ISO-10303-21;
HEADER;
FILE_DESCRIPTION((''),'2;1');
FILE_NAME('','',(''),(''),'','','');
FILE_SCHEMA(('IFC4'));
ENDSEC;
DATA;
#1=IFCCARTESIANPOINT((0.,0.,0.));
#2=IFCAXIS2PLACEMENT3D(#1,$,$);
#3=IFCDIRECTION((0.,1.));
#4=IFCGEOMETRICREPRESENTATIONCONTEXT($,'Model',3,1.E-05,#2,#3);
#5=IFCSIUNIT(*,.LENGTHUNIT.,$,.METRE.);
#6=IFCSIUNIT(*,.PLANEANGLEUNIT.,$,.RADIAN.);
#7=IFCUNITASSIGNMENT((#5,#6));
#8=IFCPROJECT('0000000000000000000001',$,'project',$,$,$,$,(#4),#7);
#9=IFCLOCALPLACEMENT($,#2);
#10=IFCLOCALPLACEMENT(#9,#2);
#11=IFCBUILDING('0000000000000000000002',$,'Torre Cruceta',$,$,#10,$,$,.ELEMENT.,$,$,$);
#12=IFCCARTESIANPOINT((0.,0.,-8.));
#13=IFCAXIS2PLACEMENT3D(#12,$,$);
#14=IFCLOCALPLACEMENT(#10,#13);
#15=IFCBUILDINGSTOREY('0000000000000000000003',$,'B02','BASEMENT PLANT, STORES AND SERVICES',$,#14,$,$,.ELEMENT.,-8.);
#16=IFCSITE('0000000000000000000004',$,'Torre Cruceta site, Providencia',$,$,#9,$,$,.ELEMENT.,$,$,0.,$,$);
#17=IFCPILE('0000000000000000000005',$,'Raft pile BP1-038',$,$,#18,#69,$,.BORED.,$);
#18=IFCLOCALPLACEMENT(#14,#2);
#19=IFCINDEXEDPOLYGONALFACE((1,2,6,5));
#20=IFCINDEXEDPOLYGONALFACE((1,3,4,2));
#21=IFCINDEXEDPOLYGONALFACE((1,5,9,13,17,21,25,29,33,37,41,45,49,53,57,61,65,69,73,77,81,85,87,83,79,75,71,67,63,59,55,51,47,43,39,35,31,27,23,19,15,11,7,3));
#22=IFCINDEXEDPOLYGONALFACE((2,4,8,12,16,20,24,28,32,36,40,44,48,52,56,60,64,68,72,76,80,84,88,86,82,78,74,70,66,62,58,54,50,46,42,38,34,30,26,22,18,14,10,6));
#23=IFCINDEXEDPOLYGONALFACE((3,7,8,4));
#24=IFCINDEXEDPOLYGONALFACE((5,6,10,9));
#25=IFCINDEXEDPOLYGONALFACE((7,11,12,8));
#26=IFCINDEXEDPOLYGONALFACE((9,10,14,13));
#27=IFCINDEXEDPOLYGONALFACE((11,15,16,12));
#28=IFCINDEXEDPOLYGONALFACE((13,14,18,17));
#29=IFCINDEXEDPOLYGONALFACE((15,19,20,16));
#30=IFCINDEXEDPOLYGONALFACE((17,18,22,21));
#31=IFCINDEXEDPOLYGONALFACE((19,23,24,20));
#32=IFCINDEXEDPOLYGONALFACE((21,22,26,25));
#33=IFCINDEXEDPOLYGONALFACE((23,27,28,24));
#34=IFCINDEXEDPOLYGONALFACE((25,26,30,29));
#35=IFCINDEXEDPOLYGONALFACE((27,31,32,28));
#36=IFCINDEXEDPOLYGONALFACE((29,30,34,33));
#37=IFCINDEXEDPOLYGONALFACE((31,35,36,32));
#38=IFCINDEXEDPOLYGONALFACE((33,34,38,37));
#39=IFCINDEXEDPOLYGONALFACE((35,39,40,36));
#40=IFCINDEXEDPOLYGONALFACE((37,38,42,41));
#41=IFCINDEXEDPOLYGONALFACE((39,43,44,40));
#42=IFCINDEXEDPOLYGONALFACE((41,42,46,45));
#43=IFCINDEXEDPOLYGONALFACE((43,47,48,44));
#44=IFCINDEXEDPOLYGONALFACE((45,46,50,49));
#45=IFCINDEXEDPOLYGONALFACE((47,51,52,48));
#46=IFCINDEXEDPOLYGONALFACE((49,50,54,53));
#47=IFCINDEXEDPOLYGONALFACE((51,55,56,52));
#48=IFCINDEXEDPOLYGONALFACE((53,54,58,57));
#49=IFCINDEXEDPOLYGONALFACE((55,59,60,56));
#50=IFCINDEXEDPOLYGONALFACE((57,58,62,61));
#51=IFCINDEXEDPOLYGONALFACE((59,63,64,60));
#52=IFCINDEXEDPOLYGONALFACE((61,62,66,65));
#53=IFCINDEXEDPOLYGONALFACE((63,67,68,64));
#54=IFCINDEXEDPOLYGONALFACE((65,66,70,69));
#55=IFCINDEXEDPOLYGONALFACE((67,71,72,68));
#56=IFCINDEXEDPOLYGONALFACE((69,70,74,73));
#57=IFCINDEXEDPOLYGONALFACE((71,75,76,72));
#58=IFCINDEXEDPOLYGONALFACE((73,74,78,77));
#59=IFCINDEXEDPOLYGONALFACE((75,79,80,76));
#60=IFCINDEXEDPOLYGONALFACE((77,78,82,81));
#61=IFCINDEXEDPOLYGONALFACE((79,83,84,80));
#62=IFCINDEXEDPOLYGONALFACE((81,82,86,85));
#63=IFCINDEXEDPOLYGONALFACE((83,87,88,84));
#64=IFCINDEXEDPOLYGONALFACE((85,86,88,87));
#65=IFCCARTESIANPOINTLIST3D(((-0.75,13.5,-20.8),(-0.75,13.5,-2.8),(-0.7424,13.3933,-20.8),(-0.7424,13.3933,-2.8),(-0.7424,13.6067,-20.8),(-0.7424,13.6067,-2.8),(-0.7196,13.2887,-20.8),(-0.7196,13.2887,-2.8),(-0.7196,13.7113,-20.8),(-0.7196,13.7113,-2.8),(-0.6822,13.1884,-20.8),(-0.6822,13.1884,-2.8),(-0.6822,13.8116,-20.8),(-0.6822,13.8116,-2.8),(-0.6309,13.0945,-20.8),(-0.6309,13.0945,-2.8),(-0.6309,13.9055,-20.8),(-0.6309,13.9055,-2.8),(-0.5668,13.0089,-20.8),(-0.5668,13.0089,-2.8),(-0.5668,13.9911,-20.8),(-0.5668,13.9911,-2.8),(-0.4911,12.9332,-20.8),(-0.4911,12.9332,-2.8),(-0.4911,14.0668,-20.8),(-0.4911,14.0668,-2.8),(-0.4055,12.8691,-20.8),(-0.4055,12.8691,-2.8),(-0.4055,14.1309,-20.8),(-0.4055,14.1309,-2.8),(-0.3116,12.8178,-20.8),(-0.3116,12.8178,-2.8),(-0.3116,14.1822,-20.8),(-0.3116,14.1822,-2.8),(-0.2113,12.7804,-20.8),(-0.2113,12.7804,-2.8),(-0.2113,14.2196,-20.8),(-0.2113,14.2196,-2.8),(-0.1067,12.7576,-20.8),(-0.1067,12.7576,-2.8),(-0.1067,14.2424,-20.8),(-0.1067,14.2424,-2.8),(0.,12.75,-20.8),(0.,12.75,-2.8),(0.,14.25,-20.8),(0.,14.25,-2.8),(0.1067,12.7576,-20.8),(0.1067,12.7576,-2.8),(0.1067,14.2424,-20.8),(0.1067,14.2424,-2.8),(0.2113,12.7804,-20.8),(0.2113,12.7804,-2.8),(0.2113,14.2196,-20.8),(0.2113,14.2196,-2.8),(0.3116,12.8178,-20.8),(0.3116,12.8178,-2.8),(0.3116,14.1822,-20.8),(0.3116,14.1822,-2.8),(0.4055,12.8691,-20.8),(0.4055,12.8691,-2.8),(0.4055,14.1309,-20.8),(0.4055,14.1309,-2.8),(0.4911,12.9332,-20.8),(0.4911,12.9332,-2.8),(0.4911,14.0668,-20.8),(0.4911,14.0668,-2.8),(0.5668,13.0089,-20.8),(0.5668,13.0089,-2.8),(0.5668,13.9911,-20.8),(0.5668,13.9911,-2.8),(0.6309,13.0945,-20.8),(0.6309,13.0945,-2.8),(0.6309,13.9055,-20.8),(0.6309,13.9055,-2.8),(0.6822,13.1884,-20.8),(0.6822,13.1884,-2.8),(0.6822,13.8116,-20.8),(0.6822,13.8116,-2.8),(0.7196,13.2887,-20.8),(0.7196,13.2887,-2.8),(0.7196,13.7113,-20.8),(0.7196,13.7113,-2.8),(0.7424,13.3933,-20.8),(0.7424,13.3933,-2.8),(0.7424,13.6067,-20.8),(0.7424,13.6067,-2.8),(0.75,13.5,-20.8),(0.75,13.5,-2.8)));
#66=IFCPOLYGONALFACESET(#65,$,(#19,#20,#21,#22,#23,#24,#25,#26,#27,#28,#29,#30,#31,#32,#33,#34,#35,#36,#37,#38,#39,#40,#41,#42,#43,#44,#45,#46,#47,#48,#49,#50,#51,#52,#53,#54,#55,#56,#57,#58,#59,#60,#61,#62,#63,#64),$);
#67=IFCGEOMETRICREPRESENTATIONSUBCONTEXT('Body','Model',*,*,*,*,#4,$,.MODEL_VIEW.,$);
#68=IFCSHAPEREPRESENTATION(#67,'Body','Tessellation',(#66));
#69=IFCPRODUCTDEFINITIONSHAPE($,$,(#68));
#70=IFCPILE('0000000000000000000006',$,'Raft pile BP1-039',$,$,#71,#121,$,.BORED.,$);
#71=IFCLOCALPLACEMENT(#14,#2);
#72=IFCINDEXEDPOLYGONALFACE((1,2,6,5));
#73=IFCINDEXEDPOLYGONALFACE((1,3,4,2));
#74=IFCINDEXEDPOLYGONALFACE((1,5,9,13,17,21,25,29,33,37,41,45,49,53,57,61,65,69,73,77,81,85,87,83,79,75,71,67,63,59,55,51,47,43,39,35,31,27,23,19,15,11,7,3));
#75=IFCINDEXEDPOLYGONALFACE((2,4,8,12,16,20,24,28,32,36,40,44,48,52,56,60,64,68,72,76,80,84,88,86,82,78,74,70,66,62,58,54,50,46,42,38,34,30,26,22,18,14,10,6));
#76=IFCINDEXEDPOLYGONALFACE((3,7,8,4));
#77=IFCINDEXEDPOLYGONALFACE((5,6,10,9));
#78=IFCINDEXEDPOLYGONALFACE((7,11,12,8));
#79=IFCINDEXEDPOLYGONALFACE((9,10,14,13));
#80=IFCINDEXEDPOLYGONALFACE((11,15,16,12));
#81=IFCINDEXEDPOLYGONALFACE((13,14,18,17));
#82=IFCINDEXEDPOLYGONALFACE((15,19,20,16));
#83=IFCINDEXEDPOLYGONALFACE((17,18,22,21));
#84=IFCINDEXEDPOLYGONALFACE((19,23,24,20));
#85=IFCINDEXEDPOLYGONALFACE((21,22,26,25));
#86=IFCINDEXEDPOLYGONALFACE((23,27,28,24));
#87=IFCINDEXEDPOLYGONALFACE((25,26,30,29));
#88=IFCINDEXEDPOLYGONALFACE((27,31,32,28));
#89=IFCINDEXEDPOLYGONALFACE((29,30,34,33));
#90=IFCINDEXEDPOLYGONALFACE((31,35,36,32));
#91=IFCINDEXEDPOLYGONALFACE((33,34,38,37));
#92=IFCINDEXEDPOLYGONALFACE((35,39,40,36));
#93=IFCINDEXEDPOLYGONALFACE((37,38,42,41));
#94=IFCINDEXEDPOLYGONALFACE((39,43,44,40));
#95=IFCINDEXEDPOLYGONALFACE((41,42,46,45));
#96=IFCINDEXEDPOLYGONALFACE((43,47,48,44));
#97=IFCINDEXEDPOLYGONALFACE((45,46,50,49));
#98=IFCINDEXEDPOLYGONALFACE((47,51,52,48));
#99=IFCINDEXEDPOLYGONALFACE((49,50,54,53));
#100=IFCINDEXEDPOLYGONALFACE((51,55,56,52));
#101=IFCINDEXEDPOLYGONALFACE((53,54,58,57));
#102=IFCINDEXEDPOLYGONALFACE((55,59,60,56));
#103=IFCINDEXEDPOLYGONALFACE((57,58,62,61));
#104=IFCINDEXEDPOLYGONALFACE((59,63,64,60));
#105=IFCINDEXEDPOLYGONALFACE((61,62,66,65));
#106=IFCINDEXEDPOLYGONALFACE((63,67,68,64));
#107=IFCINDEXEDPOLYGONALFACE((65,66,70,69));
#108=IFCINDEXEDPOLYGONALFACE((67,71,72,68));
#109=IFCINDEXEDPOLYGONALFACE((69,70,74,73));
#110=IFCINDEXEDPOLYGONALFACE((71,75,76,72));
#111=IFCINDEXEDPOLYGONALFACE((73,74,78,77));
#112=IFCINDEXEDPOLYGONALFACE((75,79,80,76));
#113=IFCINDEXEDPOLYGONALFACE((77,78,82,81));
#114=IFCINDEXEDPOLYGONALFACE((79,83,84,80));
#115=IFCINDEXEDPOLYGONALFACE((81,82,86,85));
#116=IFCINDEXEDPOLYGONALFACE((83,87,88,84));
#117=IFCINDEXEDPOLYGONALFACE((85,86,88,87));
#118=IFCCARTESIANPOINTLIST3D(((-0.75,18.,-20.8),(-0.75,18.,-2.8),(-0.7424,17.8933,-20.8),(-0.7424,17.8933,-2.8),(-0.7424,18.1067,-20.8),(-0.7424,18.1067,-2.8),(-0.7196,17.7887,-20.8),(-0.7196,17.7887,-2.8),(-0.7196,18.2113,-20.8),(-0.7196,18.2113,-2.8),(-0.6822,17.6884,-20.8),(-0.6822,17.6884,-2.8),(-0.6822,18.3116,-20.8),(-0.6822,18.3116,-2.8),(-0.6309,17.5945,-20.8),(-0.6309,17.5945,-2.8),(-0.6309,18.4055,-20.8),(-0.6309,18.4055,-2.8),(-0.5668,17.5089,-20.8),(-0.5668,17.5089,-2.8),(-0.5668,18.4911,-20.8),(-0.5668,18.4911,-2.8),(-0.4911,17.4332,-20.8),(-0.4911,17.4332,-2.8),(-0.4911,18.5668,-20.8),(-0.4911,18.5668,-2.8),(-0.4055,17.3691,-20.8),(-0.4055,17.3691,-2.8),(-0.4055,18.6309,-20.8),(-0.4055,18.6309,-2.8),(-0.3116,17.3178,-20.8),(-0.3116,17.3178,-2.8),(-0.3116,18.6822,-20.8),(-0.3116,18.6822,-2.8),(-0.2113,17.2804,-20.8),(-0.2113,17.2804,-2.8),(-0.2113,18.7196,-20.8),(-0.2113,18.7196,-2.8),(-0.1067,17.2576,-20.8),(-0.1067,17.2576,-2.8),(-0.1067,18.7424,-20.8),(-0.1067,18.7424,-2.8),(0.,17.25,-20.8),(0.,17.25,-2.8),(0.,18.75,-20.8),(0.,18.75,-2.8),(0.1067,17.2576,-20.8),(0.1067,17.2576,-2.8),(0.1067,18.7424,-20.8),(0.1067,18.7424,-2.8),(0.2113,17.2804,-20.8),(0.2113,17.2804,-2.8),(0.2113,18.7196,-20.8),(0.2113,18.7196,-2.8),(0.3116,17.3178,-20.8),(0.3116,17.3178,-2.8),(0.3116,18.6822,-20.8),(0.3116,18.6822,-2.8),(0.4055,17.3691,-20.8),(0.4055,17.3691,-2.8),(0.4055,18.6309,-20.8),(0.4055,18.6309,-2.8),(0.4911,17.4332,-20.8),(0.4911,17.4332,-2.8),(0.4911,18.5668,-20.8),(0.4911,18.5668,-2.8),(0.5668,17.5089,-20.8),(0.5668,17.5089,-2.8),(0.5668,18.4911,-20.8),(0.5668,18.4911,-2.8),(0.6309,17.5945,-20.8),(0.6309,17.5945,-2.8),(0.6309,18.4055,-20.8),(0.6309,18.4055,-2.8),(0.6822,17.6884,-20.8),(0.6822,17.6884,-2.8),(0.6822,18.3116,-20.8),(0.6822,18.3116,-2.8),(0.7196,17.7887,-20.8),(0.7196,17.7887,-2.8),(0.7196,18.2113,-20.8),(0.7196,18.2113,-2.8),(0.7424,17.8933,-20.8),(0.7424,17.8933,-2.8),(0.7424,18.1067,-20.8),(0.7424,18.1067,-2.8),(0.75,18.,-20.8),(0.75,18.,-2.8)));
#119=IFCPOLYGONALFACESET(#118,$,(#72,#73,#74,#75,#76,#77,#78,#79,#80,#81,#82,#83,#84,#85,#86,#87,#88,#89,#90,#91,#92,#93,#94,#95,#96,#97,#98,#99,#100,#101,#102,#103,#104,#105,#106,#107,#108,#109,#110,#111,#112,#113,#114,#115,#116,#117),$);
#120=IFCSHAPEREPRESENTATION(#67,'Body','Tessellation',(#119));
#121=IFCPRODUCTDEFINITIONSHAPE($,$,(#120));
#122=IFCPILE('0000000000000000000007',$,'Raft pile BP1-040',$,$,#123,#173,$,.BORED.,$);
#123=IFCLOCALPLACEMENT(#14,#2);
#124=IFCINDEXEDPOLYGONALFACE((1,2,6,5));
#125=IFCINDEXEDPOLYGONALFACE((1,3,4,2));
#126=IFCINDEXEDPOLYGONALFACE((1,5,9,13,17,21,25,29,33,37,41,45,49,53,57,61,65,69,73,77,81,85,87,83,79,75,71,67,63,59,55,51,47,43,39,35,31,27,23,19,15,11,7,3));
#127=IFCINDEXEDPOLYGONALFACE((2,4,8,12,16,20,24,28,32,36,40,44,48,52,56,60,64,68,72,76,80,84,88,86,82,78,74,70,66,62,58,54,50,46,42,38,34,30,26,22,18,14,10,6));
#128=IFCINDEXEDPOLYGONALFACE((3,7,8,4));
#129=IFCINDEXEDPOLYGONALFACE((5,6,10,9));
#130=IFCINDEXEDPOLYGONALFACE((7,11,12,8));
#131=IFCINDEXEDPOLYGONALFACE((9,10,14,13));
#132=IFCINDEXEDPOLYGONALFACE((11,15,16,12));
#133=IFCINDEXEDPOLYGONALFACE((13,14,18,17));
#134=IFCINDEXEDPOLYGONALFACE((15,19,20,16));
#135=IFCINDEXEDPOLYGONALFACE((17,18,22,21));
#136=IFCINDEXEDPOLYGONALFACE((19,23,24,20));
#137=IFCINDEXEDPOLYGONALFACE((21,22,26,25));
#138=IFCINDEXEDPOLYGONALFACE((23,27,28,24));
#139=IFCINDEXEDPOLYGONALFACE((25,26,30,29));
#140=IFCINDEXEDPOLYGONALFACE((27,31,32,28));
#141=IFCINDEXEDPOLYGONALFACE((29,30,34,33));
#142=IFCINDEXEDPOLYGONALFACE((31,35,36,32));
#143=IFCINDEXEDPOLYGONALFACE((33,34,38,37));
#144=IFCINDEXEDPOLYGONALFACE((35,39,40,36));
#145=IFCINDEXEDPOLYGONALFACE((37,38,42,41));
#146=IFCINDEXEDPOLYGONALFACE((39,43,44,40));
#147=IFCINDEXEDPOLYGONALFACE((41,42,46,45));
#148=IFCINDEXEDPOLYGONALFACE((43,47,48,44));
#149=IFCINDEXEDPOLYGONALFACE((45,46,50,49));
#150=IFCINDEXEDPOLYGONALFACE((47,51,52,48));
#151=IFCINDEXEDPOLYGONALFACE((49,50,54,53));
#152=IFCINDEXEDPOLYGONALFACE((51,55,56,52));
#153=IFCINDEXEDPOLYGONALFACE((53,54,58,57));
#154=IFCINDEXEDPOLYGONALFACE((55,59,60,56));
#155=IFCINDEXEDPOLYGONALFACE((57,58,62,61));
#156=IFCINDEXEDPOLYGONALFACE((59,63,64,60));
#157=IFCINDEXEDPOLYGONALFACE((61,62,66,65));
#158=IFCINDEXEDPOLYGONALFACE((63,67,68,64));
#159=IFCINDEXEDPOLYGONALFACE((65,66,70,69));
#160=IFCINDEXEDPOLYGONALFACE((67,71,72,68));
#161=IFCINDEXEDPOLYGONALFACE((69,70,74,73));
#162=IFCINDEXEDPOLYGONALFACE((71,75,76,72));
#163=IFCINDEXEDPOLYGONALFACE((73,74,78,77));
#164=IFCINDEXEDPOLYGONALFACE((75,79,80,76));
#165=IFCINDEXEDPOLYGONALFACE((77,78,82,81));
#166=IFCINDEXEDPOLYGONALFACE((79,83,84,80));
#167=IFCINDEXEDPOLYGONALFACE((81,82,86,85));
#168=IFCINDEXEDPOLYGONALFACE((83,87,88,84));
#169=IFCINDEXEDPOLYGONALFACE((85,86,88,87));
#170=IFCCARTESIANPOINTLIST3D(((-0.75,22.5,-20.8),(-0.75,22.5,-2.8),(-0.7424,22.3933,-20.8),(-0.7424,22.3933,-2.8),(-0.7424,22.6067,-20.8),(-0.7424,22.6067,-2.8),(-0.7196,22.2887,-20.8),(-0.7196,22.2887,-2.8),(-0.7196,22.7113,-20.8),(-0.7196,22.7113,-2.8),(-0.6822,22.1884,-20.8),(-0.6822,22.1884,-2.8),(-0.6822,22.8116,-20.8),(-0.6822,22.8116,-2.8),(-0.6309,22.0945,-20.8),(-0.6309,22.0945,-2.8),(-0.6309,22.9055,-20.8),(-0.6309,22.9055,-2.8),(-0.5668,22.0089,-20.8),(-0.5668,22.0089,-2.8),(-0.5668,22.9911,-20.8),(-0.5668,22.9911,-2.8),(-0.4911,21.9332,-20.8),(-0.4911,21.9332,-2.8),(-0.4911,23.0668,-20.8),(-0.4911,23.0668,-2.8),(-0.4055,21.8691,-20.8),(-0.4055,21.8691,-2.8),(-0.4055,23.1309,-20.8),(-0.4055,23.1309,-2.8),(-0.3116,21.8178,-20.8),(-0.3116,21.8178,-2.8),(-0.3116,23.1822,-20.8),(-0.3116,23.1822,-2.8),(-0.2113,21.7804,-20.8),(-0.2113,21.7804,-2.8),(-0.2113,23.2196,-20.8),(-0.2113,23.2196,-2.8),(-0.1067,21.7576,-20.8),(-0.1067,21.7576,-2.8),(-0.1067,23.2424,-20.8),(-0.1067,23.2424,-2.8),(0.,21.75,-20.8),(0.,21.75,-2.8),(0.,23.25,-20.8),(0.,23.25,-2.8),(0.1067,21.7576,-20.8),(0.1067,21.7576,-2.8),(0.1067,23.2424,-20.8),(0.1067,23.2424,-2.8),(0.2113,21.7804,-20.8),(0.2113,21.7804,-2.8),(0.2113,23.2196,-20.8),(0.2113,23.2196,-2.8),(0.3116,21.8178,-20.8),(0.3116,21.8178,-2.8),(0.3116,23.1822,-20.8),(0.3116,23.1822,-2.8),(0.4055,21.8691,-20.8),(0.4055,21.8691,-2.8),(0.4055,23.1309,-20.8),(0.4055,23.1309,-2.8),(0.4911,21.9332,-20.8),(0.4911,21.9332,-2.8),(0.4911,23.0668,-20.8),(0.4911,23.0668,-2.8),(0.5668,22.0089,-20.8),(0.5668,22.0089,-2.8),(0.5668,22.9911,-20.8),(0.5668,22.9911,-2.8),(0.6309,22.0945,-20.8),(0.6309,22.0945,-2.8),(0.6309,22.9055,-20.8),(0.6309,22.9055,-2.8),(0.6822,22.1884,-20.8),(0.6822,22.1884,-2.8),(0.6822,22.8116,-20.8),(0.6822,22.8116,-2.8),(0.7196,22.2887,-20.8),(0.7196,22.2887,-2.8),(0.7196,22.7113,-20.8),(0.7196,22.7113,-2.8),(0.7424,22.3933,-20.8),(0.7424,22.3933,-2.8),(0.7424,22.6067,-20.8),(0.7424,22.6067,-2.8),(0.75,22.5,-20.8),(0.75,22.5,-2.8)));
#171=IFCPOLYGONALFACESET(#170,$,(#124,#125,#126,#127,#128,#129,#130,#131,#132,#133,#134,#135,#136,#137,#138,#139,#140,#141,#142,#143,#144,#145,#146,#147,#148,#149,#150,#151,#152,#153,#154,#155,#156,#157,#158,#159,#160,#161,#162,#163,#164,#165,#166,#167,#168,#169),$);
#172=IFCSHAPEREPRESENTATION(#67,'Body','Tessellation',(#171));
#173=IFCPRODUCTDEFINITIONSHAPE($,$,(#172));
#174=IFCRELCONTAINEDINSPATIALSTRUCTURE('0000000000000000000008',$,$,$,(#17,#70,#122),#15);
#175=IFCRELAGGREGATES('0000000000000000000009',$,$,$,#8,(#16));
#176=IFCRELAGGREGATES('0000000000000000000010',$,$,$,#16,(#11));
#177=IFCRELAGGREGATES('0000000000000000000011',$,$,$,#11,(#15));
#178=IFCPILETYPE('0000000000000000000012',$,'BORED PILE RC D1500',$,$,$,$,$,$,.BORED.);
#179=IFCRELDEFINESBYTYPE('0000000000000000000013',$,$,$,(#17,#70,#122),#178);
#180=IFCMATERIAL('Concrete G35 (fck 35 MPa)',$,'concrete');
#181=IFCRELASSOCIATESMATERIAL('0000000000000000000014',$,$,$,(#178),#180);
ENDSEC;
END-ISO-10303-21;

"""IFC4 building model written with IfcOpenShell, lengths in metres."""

from ifc_helpers import new_model, si_unit, direction, frame, origin, origin_2d, place, context, subcontext, project, spatial, circle, extrude, material, material_profile, profile_set, type_object, element, save


model = new_model("IFC4")

# Units and contexts
model_context = context("Model", 3, precision=1e-05, world=origin(), true_north=direction((0.0, 1.0)))
body_context = subcontext(model_context, "Body", "Model", "MODEL_VIEW")
ifc_project = project(units=[si_unit("LENGTHUNIT", "METRE"), si_unit("PLANEANGLEUNIT", "RADIAN")], contexts=[model_context])

# Site, building, storey
site_placement = place(None, origin())
site = spatial("IfcSite", under=ifc_project, at=site_placement, Name="Torre Cruceta site, Providencia", CompositionType="ELEMENT", RefElevation=0.0)
building_placement = place(site_placement, origin())
building = spatial("IfcBuilding", under=site, at=building_placement, Name="Torre Cruceta", CompositionType="ELEMENT")
storey_placement = place(building_placement, frame((0.0, 0.0, -8.0)))
storey = spatial("IfcBuildingStorey", under=building, at=storey_placement, Name="B02", Description="BASEMENT PLANT, STORES AND SERVICES", CompositionType="ELEMENT", Elevation=-8.0)

# Piles
ifc_material_1 = material(Name="Concrete G35 (fck 35 MPa)", Category="concrete")
ifc_material_profile_1 = material_profile(ifc_material_1, circle(Radius=0.75, at=origin_2d()), Name="RC D1500")
ifc_profile_set_1 = profile_set([ifc_material_profile_1], Name="Concrete G35 (fck 35 MPa)")
pile_type_1 = type_object("IfcPileType", Name="BORED PILE RC D1500", PredefinedType="BORED", material=ifc_profile_set_1)
for number, where, z_axis, x_axis, name in (
    (1, (0.0, 13.5, -2.8), (0.0, 0.0, -1.0), (1.0, 0.0, 0.0), "Raft pile BP1-038"),
    (2, (0.0, 18.0, -2.8), (0.0, 0.0, -1.0), (1.0, 0.0, 0.0), "Raft pile BP1-039"),
    (3, (0.0, 22.5, -2.8), (0.0, 0.0, -1.0), (1.0, 0.0, 0.0), "Raft pile BP1-040"),
):
    element("IfcPile", number, at=place(storey_placement, frame(where, z_axis=z_axis, x_axis=x_axis)), inside=storey, type_object=pile_type_1, Name=name, PredefinedType="BORED", context=body_context, shape_type="SweptSolid", body=[
        extrude(circle(Radius=0.75, at=origin_2d()), origin(), (0.0, 0.0, 1.0), 18.0),
    ])

save(model, "model.ifc")
